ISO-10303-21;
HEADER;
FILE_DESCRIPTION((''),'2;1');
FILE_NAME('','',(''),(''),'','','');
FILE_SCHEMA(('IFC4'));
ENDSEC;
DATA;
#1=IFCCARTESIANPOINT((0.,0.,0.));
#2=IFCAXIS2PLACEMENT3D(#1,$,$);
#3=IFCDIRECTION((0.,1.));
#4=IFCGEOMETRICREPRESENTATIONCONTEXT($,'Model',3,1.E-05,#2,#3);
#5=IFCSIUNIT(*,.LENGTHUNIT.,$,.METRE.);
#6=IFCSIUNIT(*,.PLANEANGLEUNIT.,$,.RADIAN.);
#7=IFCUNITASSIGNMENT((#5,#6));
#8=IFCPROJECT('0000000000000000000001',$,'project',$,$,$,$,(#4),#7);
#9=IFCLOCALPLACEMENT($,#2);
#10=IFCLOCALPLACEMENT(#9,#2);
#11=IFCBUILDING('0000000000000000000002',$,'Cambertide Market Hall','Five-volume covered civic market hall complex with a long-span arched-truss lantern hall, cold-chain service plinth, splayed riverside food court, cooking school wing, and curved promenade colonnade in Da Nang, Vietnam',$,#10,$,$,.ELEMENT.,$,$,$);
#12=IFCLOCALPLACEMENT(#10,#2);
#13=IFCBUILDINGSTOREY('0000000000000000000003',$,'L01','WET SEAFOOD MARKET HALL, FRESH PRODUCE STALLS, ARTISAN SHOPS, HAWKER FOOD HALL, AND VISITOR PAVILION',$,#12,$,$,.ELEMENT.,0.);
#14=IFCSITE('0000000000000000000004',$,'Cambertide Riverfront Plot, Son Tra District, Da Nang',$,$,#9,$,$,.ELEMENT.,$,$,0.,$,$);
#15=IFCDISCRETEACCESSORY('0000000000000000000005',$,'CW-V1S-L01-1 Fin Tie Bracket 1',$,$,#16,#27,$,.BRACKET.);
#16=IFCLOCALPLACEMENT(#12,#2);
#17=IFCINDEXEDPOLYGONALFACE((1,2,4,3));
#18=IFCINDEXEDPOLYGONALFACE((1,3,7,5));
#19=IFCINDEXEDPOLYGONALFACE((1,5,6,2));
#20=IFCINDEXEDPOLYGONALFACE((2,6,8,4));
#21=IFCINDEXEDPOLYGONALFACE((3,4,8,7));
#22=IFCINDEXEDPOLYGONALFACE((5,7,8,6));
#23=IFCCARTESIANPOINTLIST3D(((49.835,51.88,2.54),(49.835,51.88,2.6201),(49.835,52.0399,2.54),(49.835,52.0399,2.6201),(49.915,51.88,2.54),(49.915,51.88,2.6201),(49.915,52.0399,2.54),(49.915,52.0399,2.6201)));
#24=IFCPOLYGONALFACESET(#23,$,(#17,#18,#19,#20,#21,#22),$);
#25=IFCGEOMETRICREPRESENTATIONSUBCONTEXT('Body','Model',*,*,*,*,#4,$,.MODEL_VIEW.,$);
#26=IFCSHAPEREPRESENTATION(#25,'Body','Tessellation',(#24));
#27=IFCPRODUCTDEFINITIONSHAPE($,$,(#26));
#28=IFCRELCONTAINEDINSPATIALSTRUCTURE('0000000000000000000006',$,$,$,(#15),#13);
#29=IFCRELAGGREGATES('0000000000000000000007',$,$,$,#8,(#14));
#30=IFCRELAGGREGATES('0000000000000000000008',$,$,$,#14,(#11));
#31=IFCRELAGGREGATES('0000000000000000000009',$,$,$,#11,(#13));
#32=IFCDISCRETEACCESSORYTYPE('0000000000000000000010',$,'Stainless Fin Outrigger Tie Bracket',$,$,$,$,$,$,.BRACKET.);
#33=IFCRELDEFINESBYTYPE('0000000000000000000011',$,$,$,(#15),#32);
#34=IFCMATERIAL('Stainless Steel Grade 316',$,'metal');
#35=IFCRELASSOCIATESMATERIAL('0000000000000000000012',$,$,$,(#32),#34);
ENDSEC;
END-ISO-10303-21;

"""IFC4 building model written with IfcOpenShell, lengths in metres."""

from ifc_helpers import new_model, si_unit, direction, frame, origin, origin_2d, place, context, subcontext, project, spatial, rectangle, extrude, material, type_object, element, save


model = new_model("IFC4")

# Units and contexts
model_context = context("Model", 3, precision=1e-05, world=origin(), true_north=direction((0.0, 1.0)))
body_context = subcontext(model_context, "Body", "Model", "MODEL_VIEW")
ifc_project = project(units=[si_unit("LENGTHUNIT", "METRE"), si_unit("PLANEANGLEUNIT", "RADIAN")], contexts=[model_context])

# Site, building, storey
site_placement = place(None, origin())
site = spatial("IfcSite", under=ifc_project, at=site_placement, Name="Cambertide Riverfront Plot, Son Tra District, Da Nang", CompositionType="ELEMENT", RefElevation=0.0)
building_placement = place(site_placement, origin())
building = spatial("IfcBuilding", under=site, at=building_placement, Name="Cambertide Market Hall", Description="Five-volume covered civic market hall complex with a long-span arched-truss lantern hall, cold-chain service plinth, splayed riverside food court, cooking school wing, and curved promenade colonnade in Da Nang, Vietnam", CompositionType="ELEMENT")
storey_placement = place(building_placement, origin())
storey = spatial("IfcBuildingStorey", under=building, at=storey_placement, Name="L01", Description="WET SEAFOOD MARKET HALL, FRESH PRODUCE STALLS, ARTISAN SHOPS, HAWKER FOOD HALL, AND VISITOR PAVILION", CompositionType="ELEMENT", Elevation=0.0)

# Discrete accessory
ifc_material_1 = material(Name="Stainless Steel Grade 316", Category="metal")
discrete_accessory_type = type_object("IfcDiscreteAccessoryType", Name="Stainless Fin Outrigger Tie Bracket", PredefinedType="BRACKET", material=ifc_material_1)
discrete_accessory_placement = place(storey_placement, frame((49.875, 51.96, 2.54), z_axis=(0.0, 0.0, 1.0), x_axis=(-1.0, 0.0, 0.0)))
element("IfcDiscreteAccessory", 1, at=discrete_accessory_placement, inside=storey, type_object=discrete_accessory_type, Name="CW-V1S-L01-1 Fin Tie Bracket 1", PredefinedType="BRACKET", context=body_context, shape_type="SweptSolid", body=[
    extrude(rectangle(XDim=0.0801, YDim=0.1599, at=origin_2d()), origin(), (0.0, 0.0, 1.0), 0.0801),
])

save(model, "model.ifc")
